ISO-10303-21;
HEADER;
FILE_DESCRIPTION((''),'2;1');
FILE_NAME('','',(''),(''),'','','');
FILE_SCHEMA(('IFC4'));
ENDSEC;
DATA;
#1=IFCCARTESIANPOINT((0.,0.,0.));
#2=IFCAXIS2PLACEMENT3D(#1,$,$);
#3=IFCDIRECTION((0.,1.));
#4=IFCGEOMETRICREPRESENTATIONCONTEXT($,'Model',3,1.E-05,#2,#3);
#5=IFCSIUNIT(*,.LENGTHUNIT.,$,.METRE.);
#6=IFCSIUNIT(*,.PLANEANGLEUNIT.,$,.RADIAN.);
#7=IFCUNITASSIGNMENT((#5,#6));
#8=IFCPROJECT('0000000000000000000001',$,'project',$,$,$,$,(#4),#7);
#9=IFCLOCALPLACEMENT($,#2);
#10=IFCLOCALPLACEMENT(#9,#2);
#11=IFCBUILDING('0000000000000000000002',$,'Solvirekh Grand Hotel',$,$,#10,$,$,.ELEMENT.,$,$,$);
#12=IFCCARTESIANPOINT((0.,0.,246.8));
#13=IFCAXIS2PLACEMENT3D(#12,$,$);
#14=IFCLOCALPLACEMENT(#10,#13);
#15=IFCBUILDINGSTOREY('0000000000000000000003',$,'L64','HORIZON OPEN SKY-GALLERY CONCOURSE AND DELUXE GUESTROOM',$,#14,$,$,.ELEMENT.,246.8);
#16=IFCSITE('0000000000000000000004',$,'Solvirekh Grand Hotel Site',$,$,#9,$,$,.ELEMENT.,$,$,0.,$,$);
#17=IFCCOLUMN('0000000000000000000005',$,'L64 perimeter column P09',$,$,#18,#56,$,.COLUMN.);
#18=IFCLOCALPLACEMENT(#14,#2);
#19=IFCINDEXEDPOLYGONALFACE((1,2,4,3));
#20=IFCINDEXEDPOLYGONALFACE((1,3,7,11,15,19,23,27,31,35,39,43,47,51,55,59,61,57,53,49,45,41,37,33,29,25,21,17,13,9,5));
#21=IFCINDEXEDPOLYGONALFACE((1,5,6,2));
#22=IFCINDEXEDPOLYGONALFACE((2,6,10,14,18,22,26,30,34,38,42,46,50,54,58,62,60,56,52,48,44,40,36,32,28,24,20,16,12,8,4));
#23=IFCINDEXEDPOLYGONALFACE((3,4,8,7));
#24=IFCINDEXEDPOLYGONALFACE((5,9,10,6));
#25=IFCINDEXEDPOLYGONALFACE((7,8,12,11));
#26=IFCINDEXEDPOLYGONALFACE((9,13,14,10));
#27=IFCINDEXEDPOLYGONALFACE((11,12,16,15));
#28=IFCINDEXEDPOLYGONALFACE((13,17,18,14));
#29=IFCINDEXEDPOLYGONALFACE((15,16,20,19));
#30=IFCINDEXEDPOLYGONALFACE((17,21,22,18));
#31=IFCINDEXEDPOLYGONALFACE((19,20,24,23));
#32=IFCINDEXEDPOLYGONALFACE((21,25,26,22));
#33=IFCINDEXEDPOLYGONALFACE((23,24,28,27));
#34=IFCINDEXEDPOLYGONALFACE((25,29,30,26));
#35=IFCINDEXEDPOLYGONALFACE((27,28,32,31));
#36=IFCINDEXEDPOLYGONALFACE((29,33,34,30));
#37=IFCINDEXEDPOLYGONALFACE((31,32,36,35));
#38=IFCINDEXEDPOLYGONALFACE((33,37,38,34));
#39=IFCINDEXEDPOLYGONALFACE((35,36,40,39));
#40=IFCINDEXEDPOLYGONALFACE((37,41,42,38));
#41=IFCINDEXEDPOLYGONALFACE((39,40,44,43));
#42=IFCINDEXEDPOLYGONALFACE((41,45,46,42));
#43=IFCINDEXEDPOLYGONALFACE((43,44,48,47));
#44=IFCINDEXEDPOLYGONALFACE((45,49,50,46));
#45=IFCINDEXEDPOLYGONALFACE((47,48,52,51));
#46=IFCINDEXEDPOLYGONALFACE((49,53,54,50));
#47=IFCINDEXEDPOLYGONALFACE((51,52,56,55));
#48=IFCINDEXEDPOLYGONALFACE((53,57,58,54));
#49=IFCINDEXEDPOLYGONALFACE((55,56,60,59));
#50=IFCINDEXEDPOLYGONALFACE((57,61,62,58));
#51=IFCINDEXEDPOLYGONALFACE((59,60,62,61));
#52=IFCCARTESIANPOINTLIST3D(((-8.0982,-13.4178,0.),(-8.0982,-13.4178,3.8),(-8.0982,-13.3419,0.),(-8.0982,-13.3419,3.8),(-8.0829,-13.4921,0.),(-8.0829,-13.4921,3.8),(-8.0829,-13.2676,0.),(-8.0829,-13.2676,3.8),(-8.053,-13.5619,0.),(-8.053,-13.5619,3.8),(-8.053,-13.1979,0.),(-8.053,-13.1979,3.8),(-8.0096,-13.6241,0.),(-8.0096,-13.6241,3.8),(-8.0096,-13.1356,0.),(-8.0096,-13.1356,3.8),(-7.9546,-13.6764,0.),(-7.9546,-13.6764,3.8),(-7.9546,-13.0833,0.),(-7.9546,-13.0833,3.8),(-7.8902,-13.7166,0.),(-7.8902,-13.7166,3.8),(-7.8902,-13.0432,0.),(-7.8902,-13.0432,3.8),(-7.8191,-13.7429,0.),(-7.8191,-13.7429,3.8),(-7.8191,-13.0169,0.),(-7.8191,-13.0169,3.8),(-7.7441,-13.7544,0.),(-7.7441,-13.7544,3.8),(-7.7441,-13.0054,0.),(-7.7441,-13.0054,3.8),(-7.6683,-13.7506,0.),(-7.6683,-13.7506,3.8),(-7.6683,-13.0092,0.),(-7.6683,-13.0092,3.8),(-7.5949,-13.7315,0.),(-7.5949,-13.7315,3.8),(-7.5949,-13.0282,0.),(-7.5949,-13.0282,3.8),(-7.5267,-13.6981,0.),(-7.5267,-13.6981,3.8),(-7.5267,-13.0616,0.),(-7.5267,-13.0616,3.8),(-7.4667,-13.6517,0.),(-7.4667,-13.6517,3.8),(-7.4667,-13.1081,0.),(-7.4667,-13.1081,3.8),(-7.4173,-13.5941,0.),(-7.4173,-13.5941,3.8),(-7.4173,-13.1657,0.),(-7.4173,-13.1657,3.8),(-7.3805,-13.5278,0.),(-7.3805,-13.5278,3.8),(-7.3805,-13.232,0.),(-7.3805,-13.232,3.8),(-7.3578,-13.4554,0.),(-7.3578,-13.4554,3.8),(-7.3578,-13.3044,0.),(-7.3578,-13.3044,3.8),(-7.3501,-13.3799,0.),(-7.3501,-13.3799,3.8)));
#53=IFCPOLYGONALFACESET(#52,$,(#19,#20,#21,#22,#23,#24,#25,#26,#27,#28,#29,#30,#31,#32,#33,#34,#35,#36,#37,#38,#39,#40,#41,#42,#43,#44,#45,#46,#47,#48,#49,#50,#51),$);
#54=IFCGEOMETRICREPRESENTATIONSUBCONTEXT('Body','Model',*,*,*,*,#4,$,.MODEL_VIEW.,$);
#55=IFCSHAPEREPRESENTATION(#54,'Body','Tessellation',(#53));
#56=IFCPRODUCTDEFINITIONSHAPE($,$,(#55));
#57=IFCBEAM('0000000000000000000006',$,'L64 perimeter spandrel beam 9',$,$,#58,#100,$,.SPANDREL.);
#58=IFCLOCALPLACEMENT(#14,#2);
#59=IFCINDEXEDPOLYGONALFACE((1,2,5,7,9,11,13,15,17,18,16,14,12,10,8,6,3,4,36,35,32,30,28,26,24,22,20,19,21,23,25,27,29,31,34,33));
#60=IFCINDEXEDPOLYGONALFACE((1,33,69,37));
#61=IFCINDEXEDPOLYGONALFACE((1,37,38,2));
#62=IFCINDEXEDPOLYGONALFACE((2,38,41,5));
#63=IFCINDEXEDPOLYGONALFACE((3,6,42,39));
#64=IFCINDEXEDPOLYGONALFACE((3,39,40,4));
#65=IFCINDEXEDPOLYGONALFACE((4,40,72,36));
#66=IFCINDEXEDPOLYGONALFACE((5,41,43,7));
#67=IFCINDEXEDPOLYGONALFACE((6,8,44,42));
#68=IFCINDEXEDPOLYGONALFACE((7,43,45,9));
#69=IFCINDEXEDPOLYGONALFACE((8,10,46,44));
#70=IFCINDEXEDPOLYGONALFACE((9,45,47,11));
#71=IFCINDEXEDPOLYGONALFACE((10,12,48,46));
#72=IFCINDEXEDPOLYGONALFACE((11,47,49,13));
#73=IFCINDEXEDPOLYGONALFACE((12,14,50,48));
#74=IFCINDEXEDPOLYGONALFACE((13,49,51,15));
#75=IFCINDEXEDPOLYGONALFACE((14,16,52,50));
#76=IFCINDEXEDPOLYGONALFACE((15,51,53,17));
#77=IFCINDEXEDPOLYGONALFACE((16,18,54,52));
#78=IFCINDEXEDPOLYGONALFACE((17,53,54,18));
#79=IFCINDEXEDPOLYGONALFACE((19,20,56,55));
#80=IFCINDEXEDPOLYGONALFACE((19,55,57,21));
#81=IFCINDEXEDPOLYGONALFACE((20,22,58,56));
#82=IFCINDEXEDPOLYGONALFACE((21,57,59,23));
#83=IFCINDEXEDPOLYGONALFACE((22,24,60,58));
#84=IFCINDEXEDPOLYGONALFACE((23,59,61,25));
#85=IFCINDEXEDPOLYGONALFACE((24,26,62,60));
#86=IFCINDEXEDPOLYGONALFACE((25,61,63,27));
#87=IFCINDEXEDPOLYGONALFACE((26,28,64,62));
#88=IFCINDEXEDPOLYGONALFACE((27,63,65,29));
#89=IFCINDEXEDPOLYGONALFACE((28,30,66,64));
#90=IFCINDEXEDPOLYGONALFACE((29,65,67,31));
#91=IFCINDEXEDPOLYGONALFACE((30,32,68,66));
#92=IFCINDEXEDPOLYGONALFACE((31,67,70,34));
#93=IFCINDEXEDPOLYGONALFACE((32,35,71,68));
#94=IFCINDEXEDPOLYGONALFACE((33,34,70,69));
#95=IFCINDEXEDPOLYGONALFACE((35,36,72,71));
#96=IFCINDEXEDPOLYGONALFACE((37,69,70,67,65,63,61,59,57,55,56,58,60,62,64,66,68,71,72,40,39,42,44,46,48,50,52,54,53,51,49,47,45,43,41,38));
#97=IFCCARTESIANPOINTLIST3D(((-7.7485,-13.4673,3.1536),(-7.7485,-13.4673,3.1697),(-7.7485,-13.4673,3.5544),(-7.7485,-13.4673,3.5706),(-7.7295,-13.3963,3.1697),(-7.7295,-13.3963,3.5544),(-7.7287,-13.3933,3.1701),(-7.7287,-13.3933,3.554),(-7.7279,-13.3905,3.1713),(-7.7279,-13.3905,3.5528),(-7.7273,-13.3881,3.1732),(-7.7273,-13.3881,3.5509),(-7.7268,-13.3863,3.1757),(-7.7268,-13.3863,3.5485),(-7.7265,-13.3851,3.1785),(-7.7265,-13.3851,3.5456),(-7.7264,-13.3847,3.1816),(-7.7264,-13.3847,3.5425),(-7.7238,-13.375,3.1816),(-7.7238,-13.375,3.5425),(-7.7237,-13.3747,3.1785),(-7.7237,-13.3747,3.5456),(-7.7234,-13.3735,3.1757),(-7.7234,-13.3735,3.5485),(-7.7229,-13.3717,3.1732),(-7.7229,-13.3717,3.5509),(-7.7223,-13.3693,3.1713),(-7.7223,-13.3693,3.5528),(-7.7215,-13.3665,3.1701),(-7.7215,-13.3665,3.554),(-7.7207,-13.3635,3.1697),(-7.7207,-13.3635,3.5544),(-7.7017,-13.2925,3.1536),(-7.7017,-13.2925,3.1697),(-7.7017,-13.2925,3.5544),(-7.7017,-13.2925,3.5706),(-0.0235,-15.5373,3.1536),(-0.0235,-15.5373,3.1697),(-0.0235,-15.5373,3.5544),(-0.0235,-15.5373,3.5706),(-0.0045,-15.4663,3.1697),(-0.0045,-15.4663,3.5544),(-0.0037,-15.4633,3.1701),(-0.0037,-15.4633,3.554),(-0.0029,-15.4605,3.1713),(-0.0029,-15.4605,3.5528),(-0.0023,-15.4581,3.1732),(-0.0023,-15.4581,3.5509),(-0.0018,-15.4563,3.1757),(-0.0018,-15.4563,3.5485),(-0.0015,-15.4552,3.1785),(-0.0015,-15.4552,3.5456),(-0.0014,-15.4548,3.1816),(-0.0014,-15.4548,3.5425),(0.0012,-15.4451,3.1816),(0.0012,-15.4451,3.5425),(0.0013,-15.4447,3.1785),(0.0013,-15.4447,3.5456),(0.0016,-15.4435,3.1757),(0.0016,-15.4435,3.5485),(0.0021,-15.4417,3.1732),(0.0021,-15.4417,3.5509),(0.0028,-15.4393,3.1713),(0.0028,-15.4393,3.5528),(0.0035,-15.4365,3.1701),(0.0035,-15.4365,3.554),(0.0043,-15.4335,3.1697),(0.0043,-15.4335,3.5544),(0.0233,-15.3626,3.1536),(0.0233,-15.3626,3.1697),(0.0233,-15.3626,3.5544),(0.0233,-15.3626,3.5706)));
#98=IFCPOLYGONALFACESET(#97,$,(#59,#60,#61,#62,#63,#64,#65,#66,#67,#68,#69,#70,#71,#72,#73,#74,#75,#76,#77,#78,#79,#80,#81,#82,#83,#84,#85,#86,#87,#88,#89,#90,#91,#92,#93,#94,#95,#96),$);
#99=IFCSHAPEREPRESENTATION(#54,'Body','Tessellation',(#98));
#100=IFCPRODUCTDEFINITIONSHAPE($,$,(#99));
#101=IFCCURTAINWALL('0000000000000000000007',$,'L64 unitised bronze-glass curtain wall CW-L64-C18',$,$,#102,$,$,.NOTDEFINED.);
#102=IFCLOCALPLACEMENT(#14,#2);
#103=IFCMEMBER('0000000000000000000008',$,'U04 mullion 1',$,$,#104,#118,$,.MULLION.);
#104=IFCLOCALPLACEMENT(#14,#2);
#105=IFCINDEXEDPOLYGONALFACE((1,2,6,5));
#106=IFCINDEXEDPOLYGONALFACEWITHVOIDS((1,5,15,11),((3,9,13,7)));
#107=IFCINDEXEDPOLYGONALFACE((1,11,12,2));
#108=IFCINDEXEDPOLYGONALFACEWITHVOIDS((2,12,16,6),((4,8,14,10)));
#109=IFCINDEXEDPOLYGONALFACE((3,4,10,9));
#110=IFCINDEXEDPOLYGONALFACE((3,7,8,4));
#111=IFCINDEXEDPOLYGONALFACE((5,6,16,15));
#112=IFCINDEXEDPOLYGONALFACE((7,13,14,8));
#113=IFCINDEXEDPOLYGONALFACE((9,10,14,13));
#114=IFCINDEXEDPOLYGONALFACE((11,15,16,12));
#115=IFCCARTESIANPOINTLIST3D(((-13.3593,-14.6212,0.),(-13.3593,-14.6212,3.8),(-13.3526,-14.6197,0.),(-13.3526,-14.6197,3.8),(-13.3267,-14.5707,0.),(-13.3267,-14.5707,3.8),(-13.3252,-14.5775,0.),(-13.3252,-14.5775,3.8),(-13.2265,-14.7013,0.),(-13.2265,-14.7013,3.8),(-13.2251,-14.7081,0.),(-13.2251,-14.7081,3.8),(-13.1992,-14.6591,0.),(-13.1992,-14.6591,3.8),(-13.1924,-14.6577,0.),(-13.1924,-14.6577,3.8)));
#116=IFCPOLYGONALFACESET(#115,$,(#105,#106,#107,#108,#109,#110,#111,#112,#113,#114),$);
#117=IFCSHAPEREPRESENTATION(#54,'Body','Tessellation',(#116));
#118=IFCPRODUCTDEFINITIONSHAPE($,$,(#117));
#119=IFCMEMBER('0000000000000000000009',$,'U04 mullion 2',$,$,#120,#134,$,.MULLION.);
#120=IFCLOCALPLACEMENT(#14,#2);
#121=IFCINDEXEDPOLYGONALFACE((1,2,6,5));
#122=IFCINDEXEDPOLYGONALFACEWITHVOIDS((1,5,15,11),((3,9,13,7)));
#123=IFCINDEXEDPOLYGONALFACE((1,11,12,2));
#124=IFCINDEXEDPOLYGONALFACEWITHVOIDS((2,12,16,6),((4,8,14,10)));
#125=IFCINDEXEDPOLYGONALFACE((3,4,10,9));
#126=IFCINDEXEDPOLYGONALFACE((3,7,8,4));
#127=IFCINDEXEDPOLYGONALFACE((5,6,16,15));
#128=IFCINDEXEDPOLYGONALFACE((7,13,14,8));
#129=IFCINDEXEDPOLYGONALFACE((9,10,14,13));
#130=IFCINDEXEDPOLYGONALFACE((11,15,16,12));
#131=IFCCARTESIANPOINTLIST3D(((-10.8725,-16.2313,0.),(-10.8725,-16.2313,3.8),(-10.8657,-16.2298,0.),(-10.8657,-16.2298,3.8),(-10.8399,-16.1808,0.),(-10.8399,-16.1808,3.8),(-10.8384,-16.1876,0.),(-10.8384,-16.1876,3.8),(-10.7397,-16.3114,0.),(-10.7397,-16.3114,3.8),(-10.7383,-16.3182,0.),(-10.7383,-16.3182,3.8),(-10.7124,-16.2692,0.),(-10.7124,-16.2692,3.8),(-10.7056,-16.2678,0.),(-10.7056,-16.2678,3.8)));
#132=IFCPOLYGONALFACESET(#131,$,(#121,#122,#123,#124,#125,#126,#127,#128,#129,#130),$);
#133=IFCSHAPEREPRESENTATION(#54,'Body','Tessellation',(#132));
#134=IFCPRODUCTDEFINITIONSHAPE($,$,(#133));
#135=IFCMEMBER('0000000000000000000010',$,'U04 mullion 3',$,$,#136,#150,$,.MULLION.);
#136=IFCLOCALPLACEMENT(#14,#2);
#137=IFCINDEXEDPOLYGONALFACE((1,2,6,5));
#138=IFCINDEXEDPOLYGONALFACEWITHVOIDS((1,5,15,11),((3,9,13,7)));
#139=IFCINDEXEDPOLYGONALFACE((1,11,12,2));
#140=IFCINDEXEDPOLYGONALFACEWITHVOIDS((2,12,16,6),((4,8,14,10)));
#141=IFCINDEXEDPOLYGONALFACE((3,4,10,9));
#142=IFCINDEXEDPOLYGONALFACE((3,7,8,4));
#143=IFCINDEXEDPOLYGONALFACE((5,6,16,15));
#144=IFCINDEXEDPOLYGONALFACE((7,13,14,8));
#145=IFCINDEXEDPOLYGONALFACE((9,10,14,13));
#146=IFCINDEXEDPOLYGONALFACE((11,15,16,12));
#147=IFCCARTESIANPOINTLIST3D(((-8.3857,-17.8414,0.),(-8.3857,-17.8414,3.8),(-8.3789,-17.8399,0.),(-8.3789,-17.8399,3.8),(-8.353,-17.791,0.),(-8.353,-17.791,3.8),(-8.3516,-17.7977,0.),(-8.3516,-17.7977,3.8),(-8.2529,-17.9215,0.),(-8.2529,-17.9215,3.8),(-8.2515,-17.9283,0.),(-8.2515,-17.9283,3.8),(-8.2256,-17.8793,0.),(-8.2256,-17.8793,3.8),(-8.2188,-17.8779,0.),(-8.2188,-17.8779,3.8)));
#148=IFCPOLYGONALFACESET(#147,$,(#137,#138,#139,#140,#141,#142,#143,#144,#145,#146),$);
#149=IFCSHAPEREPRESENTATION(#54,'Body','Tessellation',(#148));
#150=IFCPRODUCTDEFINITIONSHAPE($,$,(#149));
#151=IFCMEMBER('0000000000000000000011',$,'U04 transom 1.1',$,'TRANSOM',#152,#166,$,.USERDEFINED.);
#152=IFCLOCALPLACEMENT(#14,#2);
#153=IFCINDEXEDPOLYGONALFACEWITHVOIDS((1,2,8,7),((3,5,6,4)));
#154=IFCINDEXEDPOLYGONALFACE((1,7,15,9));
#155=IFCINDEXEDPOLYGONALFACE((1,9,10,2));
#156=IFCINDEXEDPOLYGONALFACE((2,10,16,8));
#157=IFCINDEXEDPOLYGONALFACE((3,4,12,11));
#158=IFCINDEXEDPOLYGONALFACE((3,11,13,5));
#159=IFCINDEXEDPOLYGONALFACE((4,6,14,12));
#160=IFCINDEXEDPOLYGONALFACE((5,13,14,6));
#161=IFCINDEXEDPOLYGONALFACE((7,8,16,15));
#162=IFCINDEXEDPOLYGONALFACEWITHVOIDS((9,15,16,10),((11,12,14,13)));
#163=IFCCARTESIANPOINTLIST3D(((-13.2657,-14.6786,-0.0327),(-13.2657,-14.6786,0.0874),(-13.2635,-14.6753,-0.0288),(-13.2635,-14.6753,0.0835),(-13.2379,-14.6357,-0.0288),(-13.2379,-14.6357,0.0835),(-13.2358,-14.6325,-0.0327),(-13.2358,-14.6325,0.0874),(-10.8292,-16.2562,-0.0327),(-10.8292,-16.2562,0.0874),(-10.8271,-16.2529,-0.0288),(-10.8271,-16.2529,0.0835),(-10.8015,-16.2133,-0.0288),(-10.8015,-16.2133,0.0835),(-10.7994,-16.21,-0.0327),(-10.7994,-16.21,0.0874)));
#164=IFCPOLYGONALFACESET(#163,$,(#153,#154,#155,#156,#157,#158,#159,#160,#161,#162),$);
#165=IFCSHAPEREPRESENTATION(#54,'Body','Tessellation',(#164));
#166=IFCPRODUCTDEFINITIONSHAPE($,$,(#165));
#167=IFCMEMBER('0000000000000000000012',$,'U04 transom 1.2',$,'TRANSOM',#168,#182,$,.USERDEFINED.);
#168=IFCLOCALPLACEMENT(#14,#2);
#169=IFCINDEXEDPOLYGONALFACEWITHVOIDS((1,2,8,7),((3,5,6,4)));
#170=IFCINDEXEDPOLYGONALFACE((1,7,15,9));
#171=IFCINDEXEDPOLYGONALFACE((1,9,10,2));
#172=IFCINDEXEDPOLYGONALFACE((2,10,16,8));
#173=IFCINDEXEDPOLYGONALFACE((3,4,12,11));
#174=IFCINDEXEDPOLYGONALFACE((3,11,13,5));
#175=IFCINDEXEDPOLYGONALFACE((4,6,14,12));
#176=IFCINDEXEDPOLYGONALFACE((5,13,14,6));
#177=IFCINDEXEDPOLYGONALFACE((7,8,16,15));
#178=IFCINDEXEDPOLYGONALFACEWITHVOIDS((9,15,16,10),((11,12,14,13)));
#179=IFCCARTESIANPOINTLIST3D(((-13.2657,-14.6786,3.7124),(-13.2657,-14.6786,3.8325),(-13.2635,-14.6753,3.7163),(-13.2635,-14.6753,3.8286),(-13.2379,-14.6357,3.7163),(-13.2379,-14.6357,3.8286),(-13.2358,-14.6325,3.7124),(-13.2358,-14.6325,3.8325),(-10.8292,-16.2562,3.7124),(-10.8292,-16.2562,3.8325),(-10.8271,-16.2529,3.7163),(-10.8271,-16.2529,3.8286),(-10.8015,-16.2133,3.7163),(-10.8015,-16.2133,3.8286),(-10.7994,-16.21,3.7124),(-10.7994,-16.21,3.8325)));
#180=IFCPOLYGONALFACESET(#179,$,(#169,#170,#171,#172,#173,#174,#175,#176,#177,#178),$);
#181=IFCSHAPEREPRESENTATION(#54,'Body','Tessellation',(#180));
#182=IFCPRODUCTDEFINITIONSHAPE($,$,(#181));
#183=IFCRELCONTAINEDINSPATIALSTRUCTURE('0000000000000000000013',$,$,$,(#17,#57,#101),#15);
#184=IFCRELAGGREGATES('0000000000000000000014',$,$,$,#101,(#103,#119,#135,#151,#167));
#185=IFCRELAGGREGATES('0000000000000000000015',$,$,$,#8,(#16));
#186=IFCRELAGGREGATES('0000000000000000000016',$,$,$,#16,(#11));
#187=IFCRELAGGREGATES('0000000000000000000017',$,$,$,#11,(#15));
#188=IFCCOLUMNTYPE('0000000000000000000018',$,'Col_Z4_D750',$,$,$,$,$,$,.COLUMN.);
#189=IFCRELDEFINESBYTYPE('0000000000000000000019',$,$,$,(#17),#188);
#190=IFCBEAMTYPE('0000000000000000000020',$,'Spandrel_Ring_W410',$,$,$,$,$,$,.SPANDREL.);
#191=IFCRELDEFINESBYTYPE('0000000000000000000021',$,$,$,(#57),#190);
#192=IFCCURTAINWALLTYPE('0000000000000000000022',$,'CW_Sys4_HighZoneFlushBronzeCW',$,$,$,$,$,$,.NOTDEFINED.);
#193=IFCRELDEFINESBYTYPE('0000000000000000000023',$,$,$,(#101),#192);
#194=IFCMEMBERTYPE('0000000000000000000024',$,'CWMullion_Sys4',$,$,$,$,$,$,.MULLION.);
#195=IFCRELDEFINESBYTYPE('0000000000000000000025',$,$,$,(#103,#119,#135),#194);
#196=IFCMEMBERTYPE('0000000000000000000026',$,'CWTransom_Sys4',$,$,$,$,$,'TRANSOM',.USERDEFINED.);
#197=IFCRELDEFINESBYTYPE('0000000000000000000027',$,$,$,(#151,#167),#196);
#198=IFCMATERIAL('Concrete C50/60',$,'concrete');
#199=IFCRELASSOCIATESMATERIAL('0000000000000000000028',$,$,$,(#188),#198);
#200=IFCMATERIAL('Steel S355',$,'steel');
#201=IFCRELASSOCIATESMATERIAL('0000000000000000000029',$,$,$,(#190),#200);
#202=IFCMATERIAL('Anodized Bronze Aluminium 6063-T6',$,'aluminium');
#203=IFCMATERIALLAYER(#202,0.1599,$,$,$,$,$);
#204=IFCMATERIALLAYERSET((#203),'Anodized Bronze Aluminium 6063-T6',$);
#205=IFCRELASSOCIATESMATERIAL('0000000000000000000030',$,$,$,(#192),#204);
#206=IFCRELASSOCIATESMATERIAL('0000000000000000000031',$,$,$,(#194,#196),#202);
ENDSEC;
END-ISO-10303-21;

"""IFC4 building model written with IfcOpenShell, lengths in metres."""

from ifc_helpers import new_model, si_unit, direction, frame, origin, origin_2d, place, context, subcontext, project, spatial, hollow_rectangle, circle, i_section, extrude, source, transform, mapped, material, layer, layer_set, material_profile, profile_set, type_object, element, aggregate, save


model = new_model("IFC4")

# Units and contexts
model_context = context("Model", 3, precision=1e-05, world=origin(), true_north=direction((0.0, 1.0)))
body_context = subcontext(model_context, "Body", "Model", "MODEL_VIEW")
ifc_project = project(units=[si_unit("LENGTHUNIT", "METRE"), si_unit("PLANEANGLEUNIT", "RADIAN")], contexts=[model_context])

# Site, building, storey
site_placement = place(None, origin())
site = spatial("IfcSite", under=ifc_project, at=site_placement, Name="Solvirekh Grand Hotel Site", CompositionType="ELEMENT", RefElevation=0.0)
building_placement = place(site_placement, origin())
building = spatial("IfcBuilding", under=site, at=building_placement, Name="Solvirekh Grand Hotel", CompositionType="ELEMENT")
storey_placement = place(building_placement, frame((0.0, 0.0, 246.8)))
storey = spatial("IfcBuildingStorey", under=building, at=storey_placement, Name="L64", Description="HORIZON OPEN SKY-GALLERY CONCOURSE AND DELUXE GUESTROOM", CompositionType="ELEMENT", Elevation=246.8)

# Column
ifc_material_1 = material(Name="Concrete C50/60", Category="concrete")
ifc_material_profile_1 = material_profile(ifc_material_1, circle(Radius=0.375, at=origin_2d()), Name="RC CIRC D750")
ifc_profile_set_1 = profile_set([ifc_material_profile_1], Name="Concrete C50/60")
column_type = type_object("IfcColumnType", Name="Col_Z4_D750", PredefinedType="COLUMN", material=ifc_profile_set_1)
column_placement = place(storey_placement, frame((-7.7251, -13.3799, 0.0), z_axis=(0.0, 0.0, 1.0), x_axis=(1.0, 0.0, 0.0)))
element("IfcColumn", 1, at=column_placement, inside=storey, type_object=column_type, Name="L64 perimeter column P09", PredefinedType="COLUMN", context=body_context, shape_type="SweptSolid", body=[
    extrude(circle(Radius=0.375, at=origin_2d()), origin(), (0.0, 0.0, 1.0), 3.8),
])

# Beam
ifc_material_2 = material(Name="Steel S355", Category="steel")
ifc_material_profile_2 = material_profile(ifc_material_2, i_section(OverallWidth=0.1809, OverallDepth=0.417, WebThickness=0.01, FlangeThickness=0.0161, FilletRadius=0.012, at=origin_2d()), Name="W410X85")
ifc_profile_set_2 = profile_set([ifc_material_profile_2], Name="Steel S355")
beam_type = type_object("IfcBeamType", Name="Spandrel_Ring_W410", PredefinedType="SPANDREL", material=ifc_profile_set_2)
beam_placement = place(storey_placement, frame((-7.7251, -13.3799, 3.3621), z_axis=(0.965922, -0.258835, 0.0), x_axis=(0.258835, 0.965922, 0.0)))
element("IfcBeam", 2, at=beam_placement, inside=storey, type_object=beam_type, Name="L64 perimeter spandrel beam 9", PredefinedType="SPANDREL", context=body_context, shape_type="SweptSolid", body=[
    extrude(i_section(OverallWidth=0.1809, OverallDepth=0.417, WebThickness=0.01, FlangeThickness=0.0161, FilletRadius=0.012, at=origin_2d()), origin(), (0.0, 0.0, 1.0), 7.9976),
])

# Curtain wall, members
ifc_material_3 = material(Name="Anodized Bronze Aluminium 6063-T6", Category="aluminium")
ifc_layer_1 = layer(ifc_material_3, 0.1599)
ifc_layer_set_1 = layer_set([ifc_layer_1], Name="Anodized Bronze Aluminium 6063-T6")
curtain_wall_type = type_object("IfcCurtainWallType", Name="CW_Sys4_HighZoneFlushBronzeCW", PredefinedType="NOTDEFINED", material=ifc_layer_set_1)
curtain_wall_placement = place(storey_placement, origin())
curtain_wall = element("IfcCurtainWall", 3, at=curtain_wall_placement, inside=storey, type_object=curtain_wall_type, Name="L64 unitised bronze-glass curtain wall CW-L64-C18", PredefinedType="NOTDEFINED")
ifc_material_profile_3 = material_profile(ifc_material_3, hollow_rectangle(XDim=0.0601, YDim=0.1599, WallThickness=0.0049, at=origin_2d()), Name="ALU RHS 160X60X5")
ifc_profile_set_3 = profile_set([ifc_material_profile_3], Name="Anodized Bronze Aluminium 6063-T6")
member_type_1 = type_object("IfcMemberType", Name="CWMullion_Sys4", PredefinedType="MULLION", material=ifc_profile_set_3)
shared_shape_1 = source(origin(), body_context, "Body", "SweptSolid", [
    extrude(hollow_rectangle(XDim=0.0601, YDim=0.1599, WallThickness=0.0049, at=origin_2d()), origin(), (0.0, 0.0, 1.0), 3.8),
])
member_1_placement = place(storey_placement, frame((-13.2759, -14.6394, 0.0), z_axis=(0.0, 0.0, 1.0), x_axis=(0.543508, 0.839404, 0.0)))
member_1 = element("IfcMember", 4, at=member_1_placement, type_object=member_type_1, Name="U04 mullion 1", PredefinedType="MULLION", context=body_context, shape_type="MappedRepresentation", body=[
    mapped(shared_shape_1, transform((0.0, 0.0, 0.0), x_axis=(1.0, 0.0, 0.0), y_axis=(0.0, 1.0, 0.0), z_axis=(0.0, 0.0, 1.0), scale=1.0)),
])
member_2_placement = place(storey_placement, frame((-10.7891, -16.2495, 0.0), z_axis=(0.0, 0.0, 1.0), x_axis=(0.543508, 0.839404, 0.0)))
member_2 = element("IfcMember", 5, at=member_2_placement, type_object=member_type_1, Name="U04 mullion 2", PredefinedType="MULLION", context=body_context, shape_type="MappedRepresentation", body=[
    mapped(shared_shape_1, transform((0.0, 0.0, 0.0), x_axis=(1.0, 0.0, 0.0), y_axis=(0.0, 1.0, 0.0), z_axis=(0.0, 0.0, 1.0), scale=1.0)),
])
member_3_placement = place(storey_placement, frame((-8.3022, -17.8596, 0.0), z_axis=(0.0, 0.0, 1.0), x_axis=(0.543508, 0.839404, 0.0)))
member_3 = element("IfcMember", 6, at=member_3_placement, type_object=member_type_1, Name="U04 mullion 3", PredefinedType="MULLION", context=body_context, shape_type="MappedRepresentation", body=[
    mapped(shared_shape_1, transform((0.0, 0.0, 0.0), x_axis=(1.0, 0.0, 0.0), y_axis=(0.0, 1.0, 0.0), z_axis=(0.0, 0.0, 1.0), scale=1.0)),
])
ifc_material_profile_4 = material_profile(ifc_material_3, hollow_rectangle(XDim=0.0549, YDim=0.1201, WallThickness=0.0039, at=origin_2d()), Name="ALU RHS 120X55X4")
ifc_profile_set_4 = profile_set([ifc_material_profile_4], Name="Anodized Bronze Aluminium 6063-T6")
member_type_2 = type_object("IfcMemberType", Name="CWTransom_Sys4", ElementType="TRANSOM", PredefinedType="USERDEFINED", material=ifc_profile_set_4)
shared_shape_2 = source(origin(), body_context, "Body", "SweptSolid", [
    extrude(hollow_rectangle(XDim=0.0549, YDim=0.1201, WallThickness=0.0039, at=origin_2d()), origin(), (0.0, 0.0, 1.0), 2.9026),
])
member_4_placement = place(storey_placement, frame((-13.2507, -14.6555, 0.0273), z_axis=(0.839403, -0.543509, 0.0), x_axis=(0.543509, 0.839403, 0.0)))
member_4 = element("IfcMember", 7, at=member_4_placement, type_object=member_type_2, Name="U04 transom 1.1", ObjectType="TRANSOM", PredefinedType="USERDEFINED", context=body_context, shape_type="MappedRepresentation", body=[
    mapped(shared_shape_2, transform((0.0, 0.0, 0.0), x_axis=(1.0, 0.0, 0.0), y_axis=(0.0, 1.0, 0.0), z_axis=(0.0, 0.0, 1.0), scale=1.0)),
])
member_5_placement = place(storey_placement, frame((-13.2507, -14.6555, 3.7725), z_axis=(0.839403, -0.543509, 0.0), x_axis=(0.543509, 0.839403, 0.0)))
member_5 = element("IfcMember", 8, at=member_5_placement, type_object=member_type_2, Name="U04 transom 1.2", ObjectType="TRANSOM", PredefinedType="USERDEFINED", context=body_context, shape_type="MappedRepresentation", body=[
    mapped(shared_shape_2, transform((0.0, 0.0, 0.0), x_axis=(1.0, 0.0, 0.0), y_axis=(0.0, 1.0, 0.0), z_axis=(0.0, 0.0, 1.0), scale=1.0)),
])
aggregate(curtain_wall, [member_1, member_2, member_3, member_4, member_5])

save(model, "model.ifc")
